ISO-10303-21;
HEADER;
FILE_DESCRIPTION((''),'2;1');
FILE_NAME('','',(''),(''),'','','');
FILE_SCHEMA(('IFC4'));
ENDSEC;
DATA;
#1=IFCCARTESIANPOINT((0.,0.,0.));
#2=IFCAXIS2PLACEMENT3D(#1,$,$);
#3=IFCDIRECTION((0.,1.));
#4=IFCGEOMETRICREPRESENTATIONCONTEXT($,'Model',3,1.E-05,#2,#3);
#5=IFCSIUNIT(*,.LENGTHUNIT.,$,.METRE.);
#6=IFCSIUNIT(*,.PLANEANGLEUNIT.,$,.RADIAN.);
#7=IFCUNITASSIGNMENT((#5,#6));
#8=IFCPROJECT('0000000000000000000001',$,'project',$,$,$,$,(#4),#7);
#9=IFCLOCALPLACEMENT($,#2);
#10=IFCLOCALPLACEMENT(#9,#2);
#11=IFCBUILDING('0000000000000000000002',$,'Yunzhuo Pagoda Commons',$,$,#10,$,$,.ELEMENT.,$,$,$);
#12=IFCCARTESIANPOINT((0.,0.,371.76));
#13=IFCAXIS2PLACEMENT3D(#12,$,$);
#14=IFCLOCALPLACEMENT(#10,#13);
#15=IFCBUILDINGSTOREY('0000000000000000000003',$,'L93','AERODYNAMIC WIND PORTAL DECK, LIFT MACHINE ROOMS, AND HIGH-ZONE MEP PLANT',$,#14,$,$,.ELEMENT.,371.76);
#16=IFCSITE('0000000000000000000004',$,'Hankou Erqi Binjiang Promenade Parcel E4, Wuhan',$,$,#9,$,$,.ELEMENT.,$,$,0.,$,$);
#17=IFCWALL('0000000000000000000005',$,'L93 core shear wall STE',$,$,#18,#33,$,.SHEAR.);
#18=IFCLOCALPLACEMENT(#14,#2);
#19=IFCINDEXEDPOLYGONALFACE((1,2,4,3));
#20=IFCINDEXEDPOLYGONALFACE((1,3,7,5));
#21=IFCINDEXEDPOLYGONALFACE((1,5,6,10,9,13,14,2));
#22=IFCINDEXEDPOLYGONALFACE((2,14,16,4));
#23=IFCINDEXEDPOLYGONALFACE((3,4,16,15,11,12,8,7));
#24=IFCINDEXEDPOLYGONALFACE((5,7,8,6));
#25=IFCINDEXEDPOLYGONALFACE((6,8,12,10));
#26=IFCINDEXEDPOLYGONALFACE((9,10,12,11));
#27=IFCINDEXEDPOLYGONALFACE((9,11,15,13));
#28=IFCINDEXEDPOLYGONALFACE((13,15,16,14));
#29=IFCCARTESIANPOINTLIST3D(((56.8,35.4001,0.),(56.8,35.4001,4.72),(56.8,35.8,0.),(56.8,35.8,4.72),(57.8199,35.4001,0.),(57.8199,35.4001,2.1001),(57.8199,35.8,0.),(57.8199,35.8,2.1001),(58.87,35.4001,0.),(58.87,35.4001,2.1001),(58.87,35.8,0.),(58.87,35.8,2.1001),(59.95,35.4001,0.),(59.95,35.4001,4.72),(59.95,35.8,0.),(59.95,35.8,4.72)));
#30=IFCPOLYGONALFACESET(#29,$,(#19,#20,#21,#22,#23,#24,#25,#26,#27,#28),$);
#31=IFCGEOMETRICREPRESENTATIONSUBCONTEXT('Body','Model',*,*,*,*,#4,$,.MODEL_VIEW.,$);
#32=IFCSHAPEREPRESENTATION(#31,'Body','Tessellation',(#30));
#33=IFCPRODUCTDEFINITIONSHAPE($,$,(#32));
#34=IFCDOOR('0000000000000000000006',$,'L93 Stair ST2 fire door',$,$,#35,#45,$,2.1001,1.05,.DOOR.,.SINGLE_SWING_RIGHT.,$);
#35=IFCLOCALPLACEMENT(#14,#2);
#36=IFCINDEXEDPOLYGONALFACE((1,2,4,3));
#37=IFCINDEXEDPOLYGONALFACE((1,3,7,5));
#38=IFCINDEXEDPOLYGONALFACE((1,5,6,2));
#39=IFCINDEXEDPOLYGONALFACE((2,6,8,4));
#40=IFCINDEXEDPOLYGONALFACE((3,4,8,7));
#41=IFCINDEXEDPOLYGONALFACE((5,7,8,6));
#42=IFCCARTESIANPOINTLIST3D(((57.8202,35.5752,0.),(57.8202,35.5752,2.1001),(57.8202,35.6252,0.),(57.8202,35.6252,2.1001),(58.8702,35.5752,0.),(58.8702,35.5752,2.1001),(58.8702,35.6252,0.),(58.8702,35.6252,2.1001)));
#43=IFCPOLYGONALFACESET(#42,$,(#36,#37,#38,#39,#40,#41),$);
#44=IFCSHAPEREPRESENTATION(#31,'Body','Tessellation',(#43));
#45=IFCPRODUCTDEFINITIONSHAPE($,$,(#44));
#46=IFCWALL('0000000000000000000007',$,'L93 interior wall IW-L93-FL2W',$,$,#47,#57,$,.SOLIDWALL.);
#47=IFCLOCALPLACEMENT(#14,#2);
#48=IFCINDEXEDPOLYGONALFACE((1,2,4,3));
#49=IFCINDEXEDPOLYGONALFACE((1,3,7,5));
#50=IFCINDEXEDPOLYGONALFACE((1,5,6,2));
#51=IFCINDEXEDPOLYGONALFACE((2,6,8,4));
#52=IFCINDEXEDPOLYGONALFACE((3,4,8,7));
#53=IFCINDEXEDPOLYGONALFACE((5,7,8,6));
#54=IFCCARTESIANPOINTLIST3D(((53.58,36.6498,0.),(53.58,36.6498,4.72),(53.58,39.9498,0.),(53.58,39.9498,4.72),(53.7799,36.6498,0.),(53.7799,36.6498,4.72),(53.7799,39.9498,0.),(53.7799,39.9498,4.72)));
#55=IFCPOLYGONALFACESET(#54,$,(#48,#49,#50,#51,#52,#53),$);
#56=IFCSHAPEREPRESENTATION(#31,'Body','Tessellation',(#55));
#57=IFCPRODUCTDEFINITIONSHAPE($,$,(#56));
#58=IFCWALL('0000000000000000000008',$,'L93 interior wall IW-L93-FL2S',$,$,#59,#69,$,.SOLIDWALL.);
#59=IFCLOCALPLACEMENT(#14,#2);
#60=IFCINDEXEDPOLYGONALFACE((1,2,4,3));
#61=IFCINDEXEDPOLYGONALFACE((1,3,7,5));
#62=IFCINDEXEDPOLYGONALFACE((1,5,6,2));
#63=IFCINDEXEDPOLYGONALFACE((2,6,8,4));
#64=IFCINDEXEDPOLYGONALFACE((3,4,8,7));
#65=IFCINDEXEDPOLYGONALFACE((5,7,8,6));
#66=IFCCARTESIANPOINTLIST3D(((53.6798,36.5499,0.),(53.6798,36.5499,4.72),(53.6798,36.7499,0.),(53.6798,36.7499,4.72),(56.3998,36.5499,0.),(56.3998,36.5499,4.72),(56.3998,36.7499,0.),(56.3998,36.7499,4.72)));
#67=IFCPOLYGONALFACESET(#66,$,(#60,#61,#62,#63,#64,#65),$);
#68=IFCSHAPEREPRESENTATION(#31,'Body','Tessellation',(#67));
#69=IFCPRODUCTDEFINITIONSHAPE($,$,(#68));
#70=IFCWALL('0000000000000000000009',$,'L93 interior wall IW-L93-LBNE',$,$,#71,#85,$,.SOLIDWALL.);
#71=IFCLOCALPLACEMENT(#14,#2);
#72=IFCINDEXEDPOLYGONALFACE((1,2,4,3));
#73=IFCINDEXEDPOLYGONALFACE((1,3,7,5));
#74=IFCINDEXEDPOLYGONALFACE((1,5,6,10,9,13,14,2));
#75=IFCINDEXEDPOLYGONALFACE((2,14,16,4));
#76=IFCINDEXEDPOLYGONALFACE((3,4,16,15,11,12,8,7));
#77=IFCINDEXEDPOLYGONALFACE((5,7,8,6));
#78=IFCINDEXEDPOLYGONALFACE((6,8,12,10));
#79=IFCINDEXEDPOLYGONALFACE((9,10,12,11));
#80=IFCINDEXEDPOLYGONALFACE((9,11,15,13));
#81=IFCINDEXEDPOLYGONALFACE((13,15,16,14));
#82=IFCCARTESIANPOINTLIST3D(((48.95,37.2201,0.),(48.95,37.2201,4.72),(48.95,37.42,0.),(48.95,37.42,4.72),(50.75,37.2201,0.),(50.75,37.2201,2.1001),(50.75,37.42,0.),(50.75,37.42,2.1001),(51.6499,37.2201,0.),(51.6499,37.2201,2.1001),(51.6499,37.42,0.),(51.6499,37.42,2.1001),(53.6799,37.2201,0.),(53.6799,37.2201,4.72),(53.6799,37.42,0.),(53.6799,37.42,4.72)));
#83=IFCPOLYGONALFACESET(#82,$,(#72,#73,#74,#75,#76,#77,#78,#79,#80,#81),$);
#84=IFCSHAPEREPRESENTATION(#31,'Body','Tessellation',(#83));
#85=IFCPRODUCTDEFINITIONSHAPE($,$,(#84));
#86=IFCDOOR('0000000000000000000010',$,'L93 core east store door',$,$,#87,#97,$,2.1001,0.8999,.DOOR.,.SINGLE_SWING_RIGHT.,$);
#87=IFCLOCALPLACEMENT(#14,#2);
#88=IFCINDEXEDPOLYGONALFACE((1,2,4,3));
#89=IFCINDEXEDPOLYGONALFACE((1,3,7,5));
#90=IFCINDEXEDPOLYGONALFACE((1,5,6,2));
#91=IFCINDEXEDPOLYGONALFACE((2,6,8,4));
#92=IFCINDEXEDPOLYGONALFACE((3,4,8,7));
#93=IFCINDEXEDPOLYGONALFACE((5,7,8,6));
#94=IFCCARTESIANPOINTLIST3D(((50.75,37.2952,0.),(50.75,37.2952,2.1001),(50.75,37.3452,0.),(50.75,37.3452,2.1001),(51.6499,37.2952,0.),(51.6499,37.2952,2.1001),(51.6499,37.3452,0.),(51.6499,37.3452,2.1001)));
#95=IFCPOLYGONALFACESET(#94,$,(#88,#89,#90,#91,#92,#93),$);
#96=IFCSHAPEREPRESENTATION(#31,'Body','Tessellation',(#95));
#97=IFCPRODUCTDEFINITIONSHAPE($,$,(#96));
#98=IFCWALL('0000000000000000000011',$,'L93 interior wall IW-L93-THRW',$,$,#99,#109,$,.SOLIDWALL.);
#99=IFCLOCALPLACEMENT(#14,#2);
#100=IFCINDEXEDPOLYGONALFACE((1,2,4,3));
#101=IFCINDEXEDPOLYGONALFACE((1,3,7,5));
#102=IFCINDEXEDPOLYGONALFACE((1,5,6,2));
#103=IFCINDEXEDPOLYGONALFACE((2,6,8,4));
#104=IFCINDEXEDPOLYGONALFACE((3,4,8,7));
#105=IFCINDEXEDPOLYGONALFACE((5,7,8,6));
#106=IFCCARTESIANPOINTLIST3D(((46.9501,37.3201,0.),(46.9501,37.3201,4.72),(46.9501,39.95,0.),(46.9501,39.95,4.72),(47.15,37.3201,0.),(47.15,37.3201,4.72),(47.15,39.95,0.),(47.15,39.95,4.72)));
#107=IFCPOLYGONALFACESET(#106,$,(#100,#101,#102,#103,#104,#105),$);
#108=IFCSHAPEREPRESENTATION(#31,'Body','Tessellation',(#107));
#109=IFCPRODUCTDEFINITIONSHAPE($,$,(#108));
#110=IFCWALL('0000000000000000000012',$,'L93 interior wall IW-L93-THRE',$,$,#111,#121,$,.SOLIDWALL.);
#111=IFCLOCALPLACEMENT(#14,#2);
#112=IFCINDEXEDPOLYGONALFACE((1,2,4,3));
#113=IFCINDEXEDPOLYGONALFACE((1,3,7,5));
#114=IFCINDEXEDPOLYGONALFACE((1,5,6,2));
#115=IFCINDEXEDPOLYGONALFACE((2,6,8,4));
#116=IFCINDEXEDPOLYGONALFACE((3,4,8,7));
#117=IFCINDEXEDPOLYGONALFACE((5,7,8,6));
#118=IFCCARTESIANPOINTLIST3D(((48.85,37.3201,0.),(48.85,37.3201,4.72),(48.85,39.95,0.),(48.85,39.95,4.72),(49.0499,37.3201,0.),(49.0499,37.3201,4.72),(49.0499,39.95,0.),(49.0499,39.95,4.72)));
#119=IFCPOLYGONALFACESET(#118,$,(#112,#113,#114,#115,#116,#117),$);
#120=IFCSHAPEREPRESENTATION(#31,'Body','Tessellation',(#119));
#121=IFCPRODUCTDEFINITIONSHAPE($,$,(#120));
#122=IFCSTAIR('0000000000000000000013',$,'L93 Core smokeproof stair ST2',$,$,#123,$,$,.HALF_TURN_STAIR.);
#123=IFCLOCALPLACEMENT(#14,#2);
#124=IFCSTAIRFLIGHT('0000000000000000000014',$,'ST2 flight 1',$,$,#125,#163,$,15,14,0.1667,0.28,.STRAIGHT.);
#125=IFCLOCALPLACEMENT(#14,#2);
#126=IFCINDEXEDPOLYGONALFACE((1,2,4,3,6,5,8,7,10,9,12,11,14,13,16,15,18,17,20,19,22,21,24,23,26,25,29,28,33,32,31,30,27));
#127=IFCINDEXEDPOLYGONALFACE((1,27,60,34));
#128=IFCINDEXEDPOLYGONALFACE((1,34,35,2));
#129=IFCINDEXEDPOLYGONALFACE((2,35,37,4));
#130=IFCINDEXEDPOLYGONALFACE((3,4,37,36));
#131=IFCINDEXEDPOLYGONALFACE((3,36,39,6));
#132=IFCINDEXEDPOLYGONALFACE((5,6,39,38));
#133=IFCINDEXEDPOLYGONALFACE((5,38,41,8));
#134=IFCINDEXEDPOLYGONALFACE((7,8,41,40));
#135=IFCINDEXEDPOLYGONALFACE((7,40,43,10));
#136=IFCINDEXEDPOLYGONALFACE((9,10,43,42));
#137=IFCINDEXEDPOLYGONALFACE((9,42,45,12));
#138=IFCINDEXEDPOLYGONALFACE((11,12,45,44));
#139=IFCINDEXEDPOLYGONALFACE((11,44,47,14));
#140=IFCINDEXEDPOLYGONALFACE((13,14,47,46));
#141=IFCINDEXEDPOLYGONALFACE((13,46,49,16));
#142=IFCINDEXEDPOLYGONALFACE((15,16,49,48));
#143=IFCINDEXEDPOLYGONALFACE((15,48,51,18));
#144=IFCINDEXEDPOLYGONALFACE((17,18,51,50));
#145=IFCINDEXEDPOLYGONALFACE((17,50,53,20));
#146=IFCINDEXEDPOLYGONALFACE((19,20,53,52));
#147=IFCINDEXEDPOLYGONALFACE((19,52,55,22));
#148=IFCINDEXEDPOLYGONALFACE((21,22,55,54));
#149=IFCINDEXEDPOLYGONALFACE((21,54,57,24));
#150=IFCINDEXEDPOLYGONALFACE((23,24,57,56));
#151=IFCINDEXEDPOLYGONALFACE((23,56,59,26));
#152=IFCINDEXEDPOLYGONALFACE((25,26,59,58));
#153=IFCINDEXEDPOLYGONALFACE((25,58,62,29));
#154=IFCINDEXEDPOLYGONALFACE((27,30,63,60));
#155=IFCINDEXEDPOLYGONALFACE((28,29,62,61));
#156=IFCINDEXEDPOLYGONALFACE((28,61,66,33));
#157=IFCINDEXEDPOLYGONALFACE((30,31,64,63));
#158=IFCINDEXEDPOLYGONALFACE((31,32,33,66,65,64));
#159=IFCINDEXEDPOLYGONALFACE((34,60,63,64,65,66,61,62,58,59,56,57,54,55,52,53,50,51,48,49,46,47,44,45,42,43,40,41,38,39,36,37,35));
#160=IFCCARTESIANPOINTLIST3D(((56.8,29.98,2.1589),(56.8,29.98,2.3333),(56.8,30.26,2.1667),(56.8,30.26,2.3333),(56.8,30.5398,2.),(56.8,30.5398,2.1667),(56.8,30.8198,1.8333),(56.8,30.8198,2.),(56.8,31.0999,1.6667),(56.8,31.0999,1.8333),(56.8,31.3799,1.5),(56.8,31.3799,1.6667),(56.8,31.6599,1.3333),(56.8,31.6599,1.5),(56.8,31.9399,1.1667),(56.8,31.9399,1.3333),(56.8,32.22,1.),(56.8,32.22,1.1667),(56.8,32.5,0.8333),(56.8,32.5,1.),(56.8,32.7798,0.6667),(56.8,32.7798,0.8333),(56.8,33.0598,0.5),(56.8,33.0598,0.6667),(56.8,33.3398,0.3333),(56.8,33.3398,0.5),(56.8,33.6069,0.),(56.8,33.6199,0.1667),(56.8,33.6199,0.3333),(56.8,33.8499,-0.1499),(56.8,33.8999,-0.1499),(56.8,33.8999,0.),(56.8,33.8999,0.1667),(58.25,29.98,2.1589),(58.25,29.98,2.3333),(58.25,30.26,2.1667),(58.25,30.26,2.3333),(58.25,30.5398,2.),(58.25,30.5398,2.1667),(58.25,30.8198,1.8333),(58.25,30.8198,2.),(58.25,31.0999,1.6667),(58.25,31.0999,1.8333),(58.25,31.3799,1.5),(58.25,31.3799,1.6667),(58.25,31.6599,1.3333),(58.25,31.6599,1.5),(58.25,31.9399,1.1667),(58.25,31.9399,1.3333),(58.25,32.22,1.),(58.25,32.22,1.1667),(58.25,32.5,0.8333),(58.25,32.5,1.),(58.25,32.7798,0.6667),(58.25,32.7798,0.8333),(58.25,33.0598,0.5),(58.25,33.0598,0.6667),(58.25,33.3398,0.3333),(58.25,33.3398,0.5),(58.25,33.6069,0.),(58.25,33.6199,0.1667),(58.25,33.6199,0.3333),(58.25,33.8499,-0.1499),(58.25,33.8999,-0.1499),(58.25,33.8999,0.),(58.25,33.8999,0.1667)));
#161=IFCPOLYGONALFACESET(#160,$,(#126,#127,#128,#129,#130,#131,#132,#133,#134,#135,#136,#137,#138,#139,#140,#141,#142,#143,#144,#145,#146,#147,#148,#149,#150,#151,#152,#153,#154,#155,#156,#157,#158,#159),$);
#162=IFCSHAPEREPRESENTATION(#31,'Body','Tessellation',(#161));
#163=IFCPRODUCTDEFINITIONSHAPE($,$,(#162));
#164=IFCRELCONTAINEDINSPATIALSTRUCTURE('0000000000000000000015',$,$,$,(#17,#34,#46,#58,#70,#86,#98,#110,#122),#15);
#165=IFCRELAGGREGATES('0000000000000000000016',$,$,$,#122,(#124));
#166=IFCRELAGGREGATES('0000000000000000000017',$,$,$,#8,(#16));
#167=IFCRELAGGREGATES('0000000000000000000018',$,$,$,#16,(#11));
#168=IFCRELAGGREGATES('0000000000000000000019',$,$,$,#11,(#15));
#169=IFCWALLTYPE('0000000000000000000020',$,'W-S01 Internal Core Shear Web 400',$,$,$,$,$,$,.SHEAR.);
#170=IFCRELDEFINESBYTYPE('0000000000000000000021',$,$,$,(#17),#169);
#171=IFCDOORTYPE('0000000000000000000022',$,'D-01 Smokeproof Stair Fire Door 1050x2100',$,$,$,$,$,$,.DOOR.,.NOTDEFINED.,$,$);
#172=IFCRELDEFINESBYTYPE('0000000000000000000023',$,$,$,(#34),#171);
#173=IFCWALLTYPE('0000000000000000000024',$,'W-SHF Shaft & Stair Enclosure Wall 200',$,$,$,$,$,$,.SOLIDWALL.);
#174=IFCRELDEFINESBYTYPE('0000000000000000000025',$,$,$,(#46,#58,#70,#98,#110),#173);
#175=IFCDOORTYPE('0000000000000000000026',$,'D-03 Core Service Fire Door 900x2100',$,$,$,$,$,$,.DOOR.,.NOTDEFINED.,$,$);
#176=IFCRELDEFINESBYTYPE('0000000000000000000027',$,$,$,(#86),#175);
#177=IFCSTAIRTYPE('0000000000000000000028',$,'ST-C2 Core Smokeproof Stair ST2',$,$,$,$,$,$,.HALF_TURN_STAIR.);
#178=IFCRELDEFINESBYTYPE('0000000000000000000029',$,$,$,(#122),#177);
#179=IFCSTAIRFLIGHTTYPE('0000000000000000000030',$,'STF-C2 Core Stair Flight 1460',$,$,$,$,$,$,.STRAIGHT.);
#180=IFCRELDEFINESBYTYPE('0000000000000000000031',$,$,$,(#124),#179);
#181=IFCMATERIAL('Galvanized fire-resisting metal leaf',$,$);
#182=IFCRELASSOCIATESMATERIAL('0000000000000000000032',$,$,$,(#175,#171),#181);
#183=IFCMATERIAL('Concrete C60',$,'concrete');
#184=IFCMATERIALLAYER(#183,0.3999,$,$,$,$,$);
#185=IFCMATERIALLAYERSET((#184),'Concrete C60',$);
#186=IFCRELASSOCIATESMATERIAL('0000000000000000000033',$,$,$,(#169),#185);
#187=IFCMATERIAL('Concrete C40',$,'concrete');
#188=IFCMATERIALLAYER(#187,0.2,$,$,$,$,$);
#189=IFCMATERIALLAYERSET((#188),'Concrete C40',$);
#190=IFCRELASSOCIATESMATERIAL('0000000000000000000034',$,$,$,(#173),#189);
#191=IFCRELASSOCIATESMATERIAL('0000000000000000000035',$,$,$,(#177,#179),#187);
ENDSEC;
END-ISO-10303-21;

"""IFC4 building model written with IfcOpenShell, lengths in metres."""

from ifc_helpers import new_model, si_unit, direction, frame, frame_2d, origin, place, context, subcontext, project, spatial, polyline, rectangle, outline, extrude, source, transform, mapped, material, layer, layer_set, type_object, element, fill, aggregate, save


model = new_model("IFC4")

# Units and contexts
model_context = context("Model", 3, precision=1e-05, world=origin(), true_north=direction((0.0, 1.0)))
body_context = subcontext(model_context, "Body", "Model", "MODEL_VIEW")
ifc_project = project(units=[si_unit("LENGTHUNIT", "METRE"), si_unit("PLANEANGLEUNIT", "RADIAN")], contexts=[model_context])

# Site, building, storey
site_placement = place(None, origin())
site = spatial("IfcSite", under=ifc_project, at=site_placement, Name="Hankou Erqi Binjiang Promenade Parcel E4, Wuhan", CompositionType="ELEMENT", RefElevation=0.0)
building_placement = place(site_placement, origin())
building = spatial("IfcBuilding", under=site, at=building_placement, Name="Yunzhuo Pagoda Commons", CompositionType="ELEMENT")
storey_placement = place(building_placement, frame((0.0, 0.0, 371.76)))
storey = spatial("IfcBuildingStorey", under=building, at=storey_placement, Name="L93", Description="AERODYNAMIC WIND PORTAL DECK, LIFT MACHINE ROOMS, AND HIGH-ZONE MEP PLANT", CompositionType="ELEMENT", Elevation=371.76)

# Shared definitions
ifc_material_1 = material(Name="Galvanized fire-resisting metal leaf")
door_type_1 = type_object("IfcDoorType", Name="D-03 Core Service Fire Door 900x2100", OperationType="NOTDEFINED", PredefinedType="DOOR", material=ifc_material_1)
shared_shape_1 = source(origin(), body_context, "Body", "SweptSolid", [
    extrude(rectangle(XDim=0.8999, YDim=2.1001, at=frame_2d((0.45, 1.05))), frame((0.0, 0.0249, 0.0), z_axis=(0.0, -1.0, 0.0), x_axis=(1.0, 0.0, 0.0)), (0.0, 0.0, 1.0), 0.05),
])

# Wall, opening, door
ifc_material_2 = material(Name="Concrete C60", Category="concrete")
ifc_layer_1 = layer(ifc_material_2, 0.3999)
ifc_layer_set_1 = layer_set([ifc_layer_1], Name="Concrete C60")
wall_type_1 = type_object("IfcWallType", Name="W-S01 Internal Core Shear Web 400", PredefinedType="SHEAR", material=ifc_layer_set_1)
wall_1_placement = place(storey_placement, frame((56.8, 35.6001, 0.0), z_axis=(0.0, 0.0, 1.0), x_axis=(1.0, 0.0, 0.0)))
wall_1 = element("IfcWall", 1, at=wall_1_placement, inside=storey, type_object=wall_type_1, Name="L93 core shear wall STE", PredefinedType="SHEAR", context=body_context, shape_type="SweptSolid", body=[
    extrude(rectangle(XDim=3.1499, YDim=0.3999, at=frame_2d((1.575, 0.0))), origin(), (0.0, 0.0, 1.0), 4.72),
])
opening_1_placement = place(wall_1_placement, frame((1.02, 0.0, 0.0)))
opening_1 = element("IfcOpeningElement", 2, at=opening_1_placement, cuts=wall_1, PredefinedType="OPENING", context=body_context, shape_type="SweptSolid", body=[
    extrude(rectangle(XDim=1.05, YDim=2.1001, at=frame_2d((0.5249, 1.05))), frame((0.0, 0.21, 0.0), z_axis=(0.0, -1.0, 0.0), x_axis=(1.0, 0.0, 0.0)), (0.0, 0.0, 1.0), 0.4199),
])
door_type_2 = type_object("IfcDoorType", Name="D-01 Smokeproof Stair Fire Door 1050x2100", OperationType="NOTDEFINED", PredefinedType="DOOR", material=ifc_material_1)
shared_shape_2 = source(origin(), body_context, "Body", "SweptSolid", [
    extrude(rectangle(XDim=1.05, YDim=2.1001, at=frame_2d((0.5249, 1.05))), frame((0.0, 0.0249, 0.0), z_axis=(0.0, -1.0, 0.0), x_axis=(1.0, 0.0, 0.0)), (0.0, 0.0, 1.0), 0.05),
])
door_1_placement = place(opening_1_placement, frame((1.05, 0.0, 0.0), z_axis=(0.0, 0.0, 1.0), x_axis=(-1.0, 0.0, 0.0)))
door_1 = element("IfcDoor", 3, at=door_1_placement, inside=storey, type_object=door_type_2, Name="L93 Stair ST2 fire door", OperationType="SINGLE_SWING_RIGHT", OverallHeight=2.1001, OverallWidth=1.05, PredefinedType="DOOR", context=body_context, shape_type="MappedRepresentation", body=[
    mapped(shared_shape_2, transform((0.0, 0.0, 0.0), scale=1.0)),
])
fill(opening_1, door_1)

# Walls
ifc_material_3 = material(Name="Concrete C40", Category="concrete")
ifc_layer_2 = layer(ifc_material_3, 0.2)
ifc_layer_set_2 = layer_set([ifc_layer_2], Name="Concrete C40")
wall_type_2 = type_object("IfcWallType", Name="W-SHF Shaft & Stair Enclosure Wall 200", PredefinedType="SOLIDWALL", material=ifc_layer_set_2)
wall_2_placement = place(storey_placement, frame((53.6799, 36.6499, 0.0), z_axis=(0.0, 0.0, 1.0), x_axis=(0.0, 1.0, 0.0)))
element("IfcWall", 4, at=wall_2_placement, inside=storey, type_object=wall_type_2, Name="L93 interior wall IW-L93-FL2W", PredefinedType="SOLIDWALL", context=body_context, shape_type="SweptSolid", body=[
    extrude(rectangle(XDim=3.3, YDim=0.2, at=frame_2d((1.6499, 0.0))), origin(), (0.0, 0.0, 1.0), 4.72),
])
wall_3_placement = place(storey_placement, frame((53.6799, 36.6499, 0.0), z_axis=(0.0, 0.0, 1.0), x_axis=(1.0, 0.0, 0.0)))
element("IfcWall", 5, at=wall_3_placement, inside=storey, type_object=wall_type_2, Name="L93 interior wall IW-L93-FL2S", PredefinedType="SOLIDWALL", context=body_context, shape_type="SweptSolid", body=[
    extrude(rectangle(XDim=2.72, YDim=0.2, at=frame_2d((1.3599, 0.0))), origin(), (0.0, 0.0, 1.0), 4.72),
])

# Wall, opening, door
wall_4_placement = place(storey_placement, frame((48.95, 37.3201, 0.0), z_axis=(0.0, 0.0, 1.0), x_axis=(1.0, 0.0, 0.0)))
wall_4 = element("IfcWall", 6, at=wall_4_placement, inside=storey, type_object=wall_type_2, Name="L93 interior wall IW-L93-LBNE", PredefinedType="SOLIDWALL", context=body_context, shape_type="SweptSolid", body=[
    extrude(rectangle(XDim=4.73, YDim=0.2, at=frame_2d((2.365, 0.0))), origin(), (0.0, 0.0, 1.0), 4.72),
])
opening_2_placement = place(wall_4_placement, frame((1.8, 0.0, 0.0)))
opening_2 = element("IfcOpeningElement", 7, at=opening_2_placement, cuts=wall_4, PredefinedType="OPENING", context=body_context, shape_type="SweptSolid", body=[
    extrude(rectangle(XDim=0.8999, YDim=2.1001, at=frame_2d((0.45, 1.05))), frame((0.0, 0.1099, 0.0), z_axis=(0.0, -1.0, 0.0), x_axis=(1.0, 0.0, 0.0)), (0.0, 0.0, 1.0), 0.22),
])
door_2_placement = place(opening_2_placement, frame((0.8999, 0.0, 0.0), z_axis=(0.0, 0.0, 1.0), x_axis=(-1.0, 0.0, 0.0)))
door_2 = element("IfcDoor", 8, at=door_2_placement, inside=storey, type_object=door_type_1, Name="L93 core east store door", OperationType="SINGLE_SWING_RIGHT", OverallHeight=2.1001, OverallWidth=0.8999, PredefinedType="DOOR", context=body_context, shape_type="MappedRepresentation", body=[
    mapped(shared_shape_1, transform((0.0, 0.0, 0.0), scale=1.0)),
])
fill(opening_2, door_2)

# Walls
for number, where, z_axis, x_axis, name in (
    (9, (47.05, 37.3201, 0.0), (0.0, 0.0, 1.0), (0.0, 1.0, 0.0), "L93 interior wall IW-L93-THRW"),
    (10, (48.95, 37.3201, 0.0), (0.0, 0.0, 1.0), (0.0, 1.0, 0.0), "L93 interior wall IW-L93-THRE"),
):
    element("IfcWall", number, at=place(storey_placement, frame(where, z_axis=z_axis, x_axis=x_axis)), inside=storey, type_object=wall_type_2, Name=name, PredefinedType="SOLIDWALL", context=body_context, shape_type="SweptSolid", body=[
        extrude(rectangle(XDim=2.6299, YDim=0.2, at=frame_2d((1.3149, 0.0))), origin(), (0.0, 0.0, 1.0), 4.72),
    ])

# Stair, stair flight
stair_type = type_object("IfcStairType", Name="ST-C2 Core Smokeproof Stair ST2", PredefinedType="HALF_TURN_STAIR", material=ifc_material_3)
stair_placement = place(storey_placement, origin())
stair = element("IfcStair", 11, at=stair_placement, inside=storey, type_object=stair_type, Name="L93 Core smokeproof stair ST2", PredefinedType="HALF_TURN_STAIR")
stair_flight_type = type_object("IfcStairFlightType", Name="STF-C2 Core Stair Flight 1460", PredefinedType="STRAIGHT", material=ifc_material_3)
shared_shape_3 = source(origin(), body_context, "Body", "SweptSolid", [
    extrude(outline(polyline([(0.0, -0.1499), (0.0, 0.0), (0.0, 0.1667), (0.28, 0.1667), (0.28, 0.3333), (0.5601, 0.3333), (0.5601, 0.5), (0.8401, 0.5), (0.8401, 0.6667), (1.1201, 0.6667), (1.1201, 0.8333), (1.3999, 0.8333), (1.3999, 1.0), (1.6799, 1.0), (1.6799, 1.1667), (1.96, 1.1667), (1.96, 1.3333), (2.24, 1.3333), (2.24, 1.5), (2.52, 1.5), (2.52, 1.6667), (2.8, 1.6667), (2.8, 1.8333), (3.0801, 1.8333), (3.0801, 2.0), (3.3601, 2.0), (3.3601, 2.1667), (3.6399, 2.1667), (3.6399, 2.3333), (3.9199, 2.3333), (3.9199, 2.5), (3.9199, 2.1589), (0.293, 0.0), (0.05, -0.1499), (0.0, -0.1499)])), frame((0.0, 0.7251, 0.0), z_axis=(0.0, -1.0, 0.0), x_axis=(1.0, 0.0, 0.0)), (0.0, 0.0, 1.0), 1.45),
])
stair_flight_placement = place(storey_placement, frame((57.5249, 33.8999, 0.0), z_axis=(0.0, 0.0, 1.0), x_axis=(0.0, -1.0, 0.0)))
stair_flight = element("IfcStairFlight", 12, at=stair_flight_placement, type_object=stair_flight_type, Name="ST2 flight 1", NumberOfRisers=15, NumberOfTreads=14, PredefinedType="STRAIGHT", RiserHeight=0.1667, TreadLength=0.28, context=body_context, shape_type="MappedRepresentation", body=[
    mapped(shared_shape_3, transform((0.0, 0.0, 0.0), scale=1.0)),
])
aggregate(stair, [stair_flight])

save(model, "model.ifc")
